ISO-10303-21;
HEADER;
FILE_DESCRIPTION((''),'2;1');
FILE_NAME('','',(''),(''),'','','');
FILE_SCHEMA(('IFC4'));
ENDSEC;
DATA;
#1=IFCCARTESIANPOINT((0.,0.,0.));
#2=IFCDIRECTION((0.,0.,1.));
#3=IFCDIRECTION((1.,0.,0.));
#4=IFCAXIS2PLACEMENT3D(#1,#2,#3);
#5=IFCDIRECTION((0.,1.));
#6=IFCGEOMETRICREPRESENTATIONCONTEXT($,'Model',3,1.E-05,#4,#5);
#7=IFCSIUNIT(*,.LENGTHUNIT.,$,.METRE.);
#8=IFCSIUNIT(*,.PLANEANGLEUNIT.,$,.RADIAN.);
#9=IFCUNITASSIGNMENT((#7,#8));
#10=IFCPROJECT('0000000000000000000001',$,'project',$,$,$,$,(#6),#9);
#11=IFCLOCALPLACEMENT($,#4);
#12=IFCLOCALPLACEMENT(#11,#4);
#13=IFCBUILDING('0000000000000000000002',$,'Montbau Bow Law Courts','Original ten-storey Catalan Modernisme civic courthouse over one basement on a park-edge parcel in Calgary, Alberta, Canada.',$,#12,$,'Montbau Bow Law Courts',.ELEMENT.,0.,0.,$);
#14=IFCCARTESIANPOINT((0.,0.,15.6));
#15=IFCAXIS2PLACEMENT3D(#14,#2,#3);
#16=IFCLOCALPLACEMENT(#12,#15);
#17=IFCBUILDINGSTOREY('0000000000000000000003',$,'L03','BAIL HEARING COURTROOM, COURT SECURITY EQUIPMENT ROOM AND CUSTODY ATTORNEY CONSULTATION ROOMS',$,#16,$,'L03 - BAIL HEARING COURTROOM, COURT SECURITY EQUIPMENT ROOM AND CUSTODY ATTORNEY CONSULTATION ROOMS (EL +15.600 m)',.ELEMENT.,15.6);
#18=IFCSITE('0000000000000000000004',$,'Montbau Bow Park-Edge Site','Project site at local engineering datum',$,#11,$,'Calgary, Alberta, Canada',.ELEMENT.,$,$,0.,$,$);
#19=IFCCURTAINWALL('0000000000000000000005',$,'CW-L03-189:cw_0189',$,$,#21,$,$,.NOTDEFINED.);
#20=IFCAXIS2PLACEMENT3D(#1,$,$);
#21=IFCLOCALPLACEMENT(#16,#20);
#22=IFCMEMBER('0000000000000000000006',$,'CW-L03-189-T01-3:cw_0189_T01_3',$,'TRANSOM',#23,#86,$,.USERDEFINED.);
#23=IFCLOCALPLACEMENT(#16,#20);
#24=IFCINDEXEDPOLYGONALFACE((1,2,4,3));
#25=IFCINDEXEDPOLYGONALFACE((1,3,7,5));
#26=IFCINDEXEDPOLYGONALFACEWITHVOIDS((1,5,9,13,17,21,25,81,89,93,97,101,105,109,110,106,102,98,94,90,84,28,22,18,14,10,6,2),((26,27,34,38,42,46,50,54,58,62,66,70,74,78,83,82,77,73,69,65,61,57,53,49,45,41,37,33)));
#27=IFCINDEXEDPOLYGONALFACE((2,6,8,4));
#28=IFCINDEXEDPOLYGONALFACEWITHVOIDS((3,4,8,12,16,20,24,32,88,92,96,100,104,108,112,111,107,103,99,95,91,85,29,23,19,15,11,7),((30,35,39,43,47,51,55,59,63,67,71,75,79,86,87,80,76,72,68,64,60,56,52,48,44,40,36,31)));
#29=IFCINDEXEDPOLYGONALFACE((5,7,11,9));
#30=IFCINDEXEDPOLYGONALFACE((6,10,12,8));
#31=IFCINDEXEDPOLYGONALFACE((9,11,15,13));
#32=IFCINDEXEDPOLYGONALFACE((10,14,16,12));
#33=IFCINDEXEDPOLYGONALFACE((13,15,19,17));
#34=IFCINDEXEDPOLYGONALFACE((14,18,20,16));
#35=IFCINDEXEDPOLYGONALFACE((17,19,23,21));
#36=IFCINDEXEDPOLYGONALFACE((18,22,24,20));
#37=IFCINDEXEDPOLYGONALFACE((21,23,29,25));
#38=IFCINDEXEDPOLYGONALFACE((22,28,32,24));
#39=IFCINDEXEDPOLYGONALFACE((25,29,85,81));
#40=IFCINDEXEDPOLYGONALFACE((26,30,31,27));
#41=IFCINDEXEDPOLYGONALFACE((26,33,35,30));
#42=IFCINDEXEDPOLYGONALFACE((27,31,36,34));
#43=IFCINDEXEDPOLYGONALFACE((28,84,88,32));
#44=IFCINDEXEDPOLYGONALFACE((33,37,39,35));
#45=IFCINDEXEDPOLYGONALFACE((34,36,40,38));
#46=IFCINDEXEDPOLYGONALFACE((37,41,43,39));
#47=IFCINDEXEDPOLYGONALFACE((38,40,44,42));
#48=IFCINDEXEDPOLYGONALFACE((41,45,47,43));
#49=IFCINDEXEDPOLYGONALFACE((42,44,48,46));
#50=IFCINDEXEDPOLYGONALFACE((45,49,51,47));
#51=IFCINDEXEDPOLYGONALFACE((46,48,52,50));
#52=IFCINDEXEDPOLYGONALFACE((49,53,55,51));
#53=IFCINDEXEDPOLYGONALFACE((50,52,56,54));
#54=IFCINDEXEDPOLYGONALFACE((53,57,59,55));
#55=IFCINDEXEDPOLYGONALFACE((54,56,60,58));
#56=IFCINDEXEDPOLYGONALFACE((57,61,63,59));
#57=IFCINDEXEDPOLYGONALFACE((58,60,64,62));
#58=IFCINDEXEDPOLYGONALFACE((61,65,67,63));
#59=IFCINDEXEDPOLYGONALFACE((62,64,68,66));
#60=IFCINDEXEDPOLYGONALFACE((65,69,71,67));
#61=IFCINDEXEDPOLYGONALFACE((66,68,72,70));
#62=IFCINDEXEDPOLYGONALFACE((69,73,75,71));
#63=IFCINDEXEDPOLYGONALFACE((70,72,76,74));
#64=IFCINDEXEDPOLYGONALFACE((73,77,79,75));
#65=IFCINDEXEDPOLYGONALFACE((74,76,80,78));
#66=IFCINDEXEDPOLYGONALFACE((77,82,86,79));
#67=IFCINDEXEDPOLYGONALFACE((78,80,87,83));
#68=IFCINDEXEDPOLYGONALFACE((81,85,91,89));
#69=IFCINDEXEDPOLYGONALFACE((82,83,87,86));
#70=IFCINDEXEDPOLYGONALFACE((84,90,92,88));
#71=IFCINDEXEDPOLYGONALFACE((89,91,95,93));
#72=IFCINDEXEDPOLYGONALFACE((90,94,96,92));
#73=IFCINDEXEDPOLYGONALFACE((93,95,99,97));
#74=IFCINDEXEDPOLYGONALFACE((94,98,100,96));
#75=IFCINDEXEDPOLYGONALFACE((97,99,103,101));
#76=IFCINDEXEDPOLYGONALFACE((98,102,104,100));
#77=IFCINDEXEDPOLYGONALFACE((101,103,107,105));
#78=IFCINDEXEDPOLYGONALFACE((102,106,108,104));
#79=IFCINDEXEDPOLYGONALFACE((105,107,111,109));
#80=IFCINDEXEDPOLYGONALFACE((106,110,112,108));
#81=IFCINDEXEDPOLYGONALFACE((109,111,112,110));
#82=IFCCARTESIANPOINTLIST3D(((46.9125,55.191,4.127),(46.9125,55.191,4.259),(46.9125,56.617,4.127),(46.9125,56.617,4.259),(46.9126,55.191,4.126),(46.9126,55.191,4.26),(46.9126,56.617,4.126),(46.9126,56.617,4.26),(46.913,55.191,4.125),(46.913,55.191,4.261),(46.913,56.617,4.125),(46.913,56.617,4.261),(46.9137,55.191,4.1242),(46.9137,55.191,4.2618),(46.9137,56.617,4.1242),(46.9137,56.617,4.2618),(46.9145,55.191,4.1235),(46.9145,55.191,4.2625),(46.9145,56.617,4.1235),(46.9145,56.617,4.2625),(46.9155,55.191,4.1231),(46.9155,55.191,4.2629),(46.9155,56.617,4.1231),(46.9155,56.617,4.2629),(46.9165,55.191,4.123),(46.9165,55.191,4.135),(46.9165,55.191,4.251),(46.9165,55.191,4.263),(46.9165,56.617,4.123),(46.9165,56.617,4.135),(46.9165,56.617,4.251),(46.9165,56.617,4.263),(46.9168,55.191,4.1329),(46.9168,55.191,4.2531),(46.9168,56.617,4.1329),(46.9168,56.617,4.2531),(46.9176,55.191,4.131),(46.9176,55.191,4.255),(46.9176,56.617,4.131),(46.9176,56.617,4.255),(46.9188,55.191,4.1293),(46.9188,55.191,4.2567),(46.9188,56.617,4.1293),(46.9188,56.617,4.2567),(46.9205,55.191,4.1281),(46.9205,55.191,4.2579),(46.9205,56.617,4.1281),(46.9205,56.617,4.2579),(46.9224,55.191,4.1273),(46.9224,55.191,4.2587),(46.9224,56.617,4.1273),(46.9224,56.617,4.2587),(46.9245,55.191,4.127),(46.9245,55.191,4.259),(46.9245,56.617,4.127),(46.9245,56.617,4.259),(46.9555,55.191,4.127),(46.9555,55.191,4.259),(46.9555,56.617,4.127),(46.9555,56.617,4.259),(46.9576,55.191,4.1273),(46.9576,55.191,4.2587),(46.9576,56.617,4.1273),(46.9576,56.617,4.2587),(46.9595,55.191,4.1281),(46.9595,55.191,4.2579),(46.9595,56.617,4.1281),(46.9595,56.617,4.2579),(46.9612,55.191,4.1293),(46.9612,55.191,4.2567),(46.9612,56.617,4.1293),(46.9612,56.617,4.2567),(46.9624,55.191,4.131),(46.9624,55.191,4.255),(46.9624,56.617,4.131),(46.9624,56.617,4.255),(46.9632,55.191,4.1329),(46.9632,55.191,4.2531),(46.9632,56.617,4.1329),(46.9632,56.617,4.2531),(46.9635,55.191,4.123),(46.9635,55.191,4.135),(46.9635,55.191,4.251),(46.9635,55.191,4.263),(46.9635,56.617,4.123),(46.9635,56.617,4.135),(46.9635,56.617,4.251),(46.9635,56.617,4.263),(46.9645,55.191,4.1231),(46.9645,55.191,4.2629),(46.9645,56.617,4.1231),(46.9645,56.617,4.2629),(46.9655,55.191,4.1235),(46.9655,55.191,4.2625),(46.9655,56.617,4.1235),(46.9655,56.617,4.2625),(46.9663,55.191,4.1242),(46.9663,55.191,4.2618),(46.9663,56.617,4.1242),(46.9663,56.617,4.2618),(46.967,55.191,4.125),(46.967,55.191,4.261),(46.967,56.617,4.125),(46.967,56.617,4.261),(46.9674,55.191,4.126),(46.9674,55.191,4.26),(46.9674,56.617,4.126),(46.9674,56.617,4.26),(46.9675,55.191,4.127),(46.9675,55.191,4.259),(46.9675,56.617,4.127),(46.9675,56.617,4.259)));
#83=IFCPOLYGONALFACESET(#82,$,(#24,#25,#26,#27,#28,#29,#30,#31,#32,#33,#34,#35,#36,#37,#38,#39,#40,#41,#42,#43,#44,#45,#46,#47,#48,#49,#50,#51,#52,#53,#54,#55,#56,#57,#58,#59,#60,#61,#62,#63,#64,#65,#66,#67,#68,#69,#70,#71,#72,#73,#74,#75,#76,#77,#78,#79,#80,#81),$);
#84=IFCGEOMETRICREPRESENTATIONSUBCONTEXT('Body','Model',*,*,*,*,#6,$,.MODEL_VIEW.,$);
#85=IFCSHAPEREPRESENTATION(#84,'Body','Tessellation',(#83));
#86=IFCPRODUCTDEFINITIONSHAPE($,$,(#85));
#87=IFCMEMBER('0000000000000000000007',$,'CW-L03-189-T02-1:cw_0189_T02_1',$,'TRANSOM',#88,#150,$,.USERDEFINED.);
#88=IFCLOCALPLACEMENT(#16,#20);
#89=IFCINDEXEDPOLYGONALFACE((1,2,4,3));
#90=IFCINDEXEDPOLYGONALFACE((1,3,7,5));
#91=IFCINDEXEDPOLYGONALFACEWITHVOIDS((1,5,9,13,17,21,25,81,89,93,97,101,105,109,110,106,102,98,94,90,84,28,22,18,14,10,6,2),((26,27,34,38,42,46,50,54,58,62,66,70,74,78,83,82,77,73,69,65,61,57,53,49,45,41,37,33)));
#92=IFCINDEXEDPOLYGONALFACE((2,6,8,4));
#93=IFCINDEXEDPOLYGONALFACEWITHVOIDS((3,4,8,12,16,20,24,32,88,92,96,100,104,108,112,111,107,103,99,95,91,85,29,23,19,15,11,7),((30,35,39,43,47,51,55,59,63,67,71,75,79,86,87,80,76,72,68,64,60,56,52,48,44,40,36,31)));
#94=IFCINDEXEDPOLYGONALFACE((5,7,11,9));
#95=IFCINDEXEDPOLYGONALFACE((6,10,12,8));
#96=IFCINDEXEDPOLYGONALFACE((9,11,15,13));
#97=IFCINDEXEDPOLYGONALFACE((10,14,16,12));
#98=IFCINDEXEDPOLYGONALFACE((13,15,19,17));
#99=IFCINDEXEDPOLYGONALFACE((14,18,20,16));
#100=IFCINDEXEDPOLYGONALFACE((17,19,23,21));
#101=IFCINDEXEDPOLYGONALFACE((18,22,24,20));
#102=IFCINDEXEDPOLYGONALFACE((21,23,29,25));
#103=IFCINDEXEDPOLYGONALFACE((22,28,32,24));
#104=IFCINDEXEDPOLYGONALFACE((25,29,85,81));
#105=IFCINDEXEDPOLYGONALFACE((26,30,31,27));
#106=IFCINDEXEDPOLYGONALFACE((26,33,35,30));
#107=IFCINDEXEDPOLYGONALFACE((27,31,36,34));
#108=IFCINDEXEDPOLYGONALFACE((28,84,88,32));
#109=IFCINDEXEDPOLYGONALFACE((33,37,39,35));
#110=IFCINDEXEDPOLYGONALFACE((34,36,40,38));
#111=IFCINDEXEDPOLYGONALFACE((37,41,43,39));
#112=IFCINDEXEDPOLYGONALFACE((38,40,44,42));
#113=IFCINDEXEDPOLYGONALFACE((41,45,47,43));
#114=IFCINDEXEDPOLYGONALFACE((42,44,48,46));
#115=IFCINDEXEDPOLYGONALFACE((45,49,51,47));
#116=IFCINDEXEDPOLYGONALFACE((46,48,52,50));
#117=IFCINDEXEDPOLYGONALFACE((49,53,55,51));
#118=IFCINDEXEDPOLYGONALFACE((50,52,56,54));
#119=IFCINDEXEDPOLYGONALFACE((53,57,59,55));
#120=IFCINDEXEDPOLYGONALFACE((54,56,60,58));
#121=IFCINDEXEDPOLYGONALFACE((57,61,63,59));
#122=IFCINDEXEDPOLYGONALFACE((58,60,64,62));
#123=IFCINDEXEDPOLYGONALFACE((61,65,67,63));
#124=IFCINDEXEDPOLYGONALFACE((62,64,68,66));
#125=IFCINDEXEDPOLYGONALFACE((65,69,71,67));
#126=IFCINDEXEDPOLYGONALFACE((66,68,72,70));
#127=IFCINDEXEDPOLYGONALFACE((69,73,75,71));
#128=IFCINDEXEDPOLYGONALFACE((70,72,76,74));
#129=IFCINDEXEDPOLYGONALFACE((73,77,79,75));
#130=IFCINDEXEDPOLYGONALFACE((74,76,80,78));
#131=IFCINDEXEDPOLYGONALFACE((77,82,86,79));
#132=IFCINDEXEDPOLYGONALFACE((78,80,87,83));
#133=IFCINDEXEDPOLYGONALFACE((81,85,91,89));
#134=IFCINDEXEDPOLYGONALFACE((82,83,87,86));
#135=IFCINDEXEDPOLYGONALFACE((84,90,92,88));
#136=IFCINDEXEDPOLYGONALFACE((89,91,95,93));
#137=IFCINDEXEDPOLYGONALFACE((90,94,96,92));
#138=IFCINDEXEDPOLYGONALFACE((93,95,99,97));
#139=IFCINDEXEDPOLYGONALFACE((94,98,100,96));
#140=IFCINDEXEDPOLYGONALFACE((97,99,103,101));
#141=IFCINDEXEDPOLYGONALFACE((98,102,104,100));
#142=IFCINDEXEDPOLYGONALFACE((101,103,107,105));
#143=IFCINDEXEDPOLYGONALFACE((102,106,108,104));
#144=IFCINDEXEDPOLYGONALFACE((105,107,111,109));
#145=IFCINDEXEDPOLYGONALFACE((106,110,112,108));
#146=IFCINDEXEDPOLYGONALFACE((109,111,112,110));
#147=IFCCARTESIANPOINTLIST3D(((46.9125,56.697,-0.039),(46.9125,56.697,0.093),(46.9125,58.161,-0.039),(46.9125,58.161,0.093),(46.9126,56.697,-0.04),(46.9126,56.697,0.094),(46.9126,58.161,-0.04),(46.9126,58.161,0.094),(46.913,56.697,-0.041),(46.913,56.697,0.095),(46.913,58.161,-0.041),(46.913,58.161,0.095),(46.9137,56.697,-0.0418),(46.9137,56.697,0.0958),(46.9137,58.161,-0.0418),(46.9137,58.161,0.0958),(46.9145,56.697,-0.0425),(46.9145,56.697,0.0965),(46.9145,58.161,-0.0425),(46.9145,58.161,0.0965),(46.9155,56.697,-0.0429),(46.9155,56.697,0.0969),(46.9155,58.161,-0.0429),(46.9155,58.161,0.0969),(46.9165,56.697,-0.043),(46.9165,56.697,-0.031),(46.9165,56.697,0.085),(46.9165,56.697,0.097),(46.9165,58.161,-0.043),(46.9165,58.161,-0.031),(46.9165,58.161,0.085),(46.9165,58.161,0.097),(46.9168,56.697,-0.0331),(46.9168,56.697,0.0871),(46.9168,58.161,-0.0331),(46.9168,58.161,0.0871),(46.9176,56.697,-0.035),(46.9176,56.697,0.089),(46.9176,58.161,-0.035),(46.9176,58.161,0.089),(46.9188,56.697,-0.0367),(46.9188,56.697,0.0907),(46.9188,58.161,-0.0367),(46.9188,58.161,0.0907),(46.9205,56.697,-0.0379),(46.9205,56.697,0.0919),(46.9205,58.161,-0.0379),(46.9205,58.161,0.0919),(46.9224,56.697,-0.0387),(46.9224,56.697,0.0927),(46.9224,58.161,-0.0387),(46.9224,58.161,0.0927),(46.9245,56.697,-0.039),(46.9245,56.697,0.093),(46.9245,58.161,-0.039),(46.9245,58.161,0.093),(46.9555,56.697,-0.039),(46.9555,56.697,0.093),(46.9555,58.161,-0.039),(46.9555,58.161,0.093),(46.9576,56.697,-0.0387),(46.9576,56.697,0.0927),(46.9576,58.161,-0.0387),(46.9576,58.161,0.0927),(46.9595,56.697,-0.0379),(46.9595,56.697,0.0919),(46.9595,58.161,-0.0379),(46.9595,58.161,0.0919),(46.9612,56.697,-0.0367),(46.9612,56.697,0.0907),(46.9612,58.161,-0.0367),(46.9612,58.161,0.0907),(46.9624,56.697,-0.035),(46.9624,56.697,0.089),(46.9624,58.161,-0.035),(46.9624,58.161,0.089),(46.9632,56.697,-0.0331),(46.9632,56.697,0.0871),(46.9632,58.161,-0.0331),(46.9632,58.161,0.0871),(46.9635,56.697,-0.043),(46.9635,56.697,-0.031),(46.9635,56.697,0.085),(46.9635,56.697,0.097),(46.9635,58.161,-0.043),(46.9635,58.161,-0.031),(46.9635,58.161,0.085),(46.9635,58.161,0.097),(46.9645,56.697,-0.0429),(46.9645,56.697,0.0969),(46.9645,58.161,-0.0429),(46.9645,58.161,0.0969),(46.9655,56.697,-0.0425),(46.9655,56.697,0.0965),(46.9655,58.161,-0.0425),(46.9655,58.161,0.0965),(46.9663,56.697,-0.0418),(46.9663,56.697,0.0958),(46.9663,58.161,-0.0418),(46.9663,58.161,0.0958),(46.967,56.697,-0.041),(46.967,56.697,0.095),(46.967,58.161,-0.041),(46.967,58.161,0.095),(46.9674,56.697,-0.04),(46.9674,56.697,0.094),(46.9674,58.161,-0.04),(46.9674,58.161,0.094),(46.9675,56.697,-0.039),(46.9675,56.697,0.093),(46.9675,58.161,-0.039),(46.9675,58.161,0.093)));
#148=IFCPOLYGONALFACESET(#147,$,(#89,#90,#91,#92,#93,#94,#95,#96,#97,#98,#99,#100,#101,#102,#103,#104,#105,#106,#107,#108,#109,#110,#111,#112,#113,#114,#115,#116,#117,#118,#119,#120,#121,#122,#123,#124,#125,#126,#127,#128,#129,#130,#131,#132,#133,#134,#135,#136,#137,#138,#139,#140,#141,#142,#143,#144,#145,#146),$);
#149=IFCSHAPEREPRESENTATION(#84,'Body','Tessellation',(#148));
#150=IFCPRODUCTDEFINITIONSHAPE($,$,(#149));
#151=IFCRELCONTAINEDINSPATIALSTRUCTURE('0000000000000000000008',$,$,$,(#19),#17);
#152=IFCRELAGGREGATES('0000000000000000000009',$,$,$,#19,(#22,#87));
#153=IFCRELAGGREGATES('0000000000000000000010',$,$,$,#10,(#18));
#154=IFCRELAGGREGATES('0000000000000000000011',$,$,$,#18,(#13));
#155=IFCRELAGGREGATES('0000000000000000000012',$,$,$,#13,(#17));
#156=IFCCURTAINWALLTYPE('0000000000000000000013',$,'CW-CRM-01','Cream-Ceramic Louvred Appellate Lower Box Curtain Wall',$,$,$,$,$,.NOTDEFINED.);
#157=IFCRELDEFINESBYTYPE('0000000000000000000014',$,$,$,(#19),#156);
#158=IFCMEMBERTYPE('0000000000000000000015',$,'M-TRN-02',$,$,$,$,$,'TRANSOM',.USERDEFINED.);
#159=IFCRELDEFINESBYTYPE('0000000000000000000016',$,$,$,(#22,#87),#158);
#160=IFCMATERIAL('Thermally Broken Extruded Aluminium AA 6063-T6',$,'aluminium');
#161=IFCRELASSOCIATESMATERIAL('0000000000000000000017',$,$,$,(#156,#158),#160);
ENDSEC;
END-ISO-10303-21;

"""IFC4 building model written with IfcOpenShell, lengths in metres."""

from ifc_helpers import new_model, si_unit, direction, frame, origin_with_axes, origin_2d_with_axis, place, context, subcontext, project, spatial, hollow_rectangle, extrude, material, material_profile, profile_set, type_object, element, aggregate, save


model = new_model("IFC4")

# Units and contexts
model_context = context("Model", 3, precision=1e-05, world=origin_with_axes(), true_north=direction((0.0, 1.0)))
body_context = subcontext(model_context, "Body", "Model", "MODEL_VIEW")
ifc_project = project(units=[si_unit("LENGTHUNIT", "METRE"), si_unit("PLANEANGLEUNIT", "RADIAN")], contexts=[model_context])

# Site, building, storey
site_placement = place(None, origin_with_axes())
site = spatial("IfcSite", under=ifc_project, at=site_placement, Name="Montbau Bow Park-Edge Site", Description="Project site at local engineering datum", LongName="Calgary, Alberta, Canada", CompositionType="ELEMENT", RefElevation=0.0)
building_placement = place(site_placement, origin_with_axes())
building = spatial("IfcBuilding", under=site, at=building_placement, Name="Montbau Bow Law Courts", Description="Original ten-storey Catalan Modernisme civic courthouse over one basement on a park-edge parcel in Calgary, Alberta, Canada.", LongName="Montbau Bow Law Courts", CompositionType="ELEMENT", ElevationOfRefHeight=0.0, ElevationOfTerrain=0.0)
storey_placement = place(building_placement, frame((0.0, 0.0, 15.6), z_axis=(0.0, 0.0, 1.0), x_axis=(1.0, 0.0, 0.0)))
storey = spatial("IfcBuildingStorey", under=building, at=storey_placement, Name="L03", Description="BAIL HEARING COURTROOM, COURT SECURITY EQUIPMENT ROOM AND CUSTODY ATTORNEY CONSULTATION ROOMS", LongName="L03 - BAIL HEARING COURTROOM, COURT SECURITY EQUIPMENT ROOM AND CUSTODY ATTORNEY CONSULTATION ROOMS (EL +15.600 m)", CompositionType="ELEMENT", Elevation=15.6)

# Curtain wall, members
ifc_material_1 = material(Name="Thermally Broken Extruded Aluminium AA 6063-T6", Category="aluminium")
curtain_wall_type = type_object("IfcCurtainWallType", Name="CW-CRM-01", Description="Cream-Ceramic Louvred Appellate Lower Box Curtain Wall", PredefinedType="NOTDEFINED", material=ifc_material_1)
curtain_wall_placement = place(None, frame((46.94, 55.115, 15.6), z_axis=(0.0, 0.0, 1.0), x_axis=(1.0, 0.0, 0.0)))
curtain_wall = element("IfcCurtainWall", 1, at=curtain_wall_placement, inside=storey, type_object=curtain_wall_type, Name="CW-L03-189:cw_0189", PredefinedType="NOTDEFINED")
ifc_material_profile_1 = material_profile(ifc_material_1, hollow_rectangle(XDim=0.055, YDim=0.14, WallThickness=0.004, InnerFilletRadius=0.008, OuterFilletRadius=0.004, at=origin_2d_with_axis()), Name="CWT-140X55", Category="Main", Priority=0)
ifc_profile_set_1 = profile_set([ifc_material_profile_1], Name="Thermally Broken Extruded Aluminium AA 6063-T6")
member_type_1 = type_object("IfcMemberType", Name="M-TRN-02", ElementType="TRANSOM", PredefinedType="USERDEFINED", material=ifc_profile_set_1)
member_1_placement = place(None, frame((46.94, 55.191, 19.793), z_axis=(0.0, 1.0, 0.0), x_axis=(-1.0, 0.0, 0.0)))
member_1 = element("IfcMember", 2, at=member_1_placement, type_object=member_type_1, Name="CW-L03-189-T01-3:cw_0189_T01_3", ObjectType="TRANSOM", PredefinedType="USERDEFINED", context=body_context, shape_type="SweptSolid", body=[
    extrude(hollow_rectangle(XDim=0.055, YDim=0.14, WallThickness=0.004, InnerFilletRadius=0.008, OuterFilletRadius=0.004, at=origin_2d_with_axis()), origin_with_axes(), (0.0, 0.0, 1.0), 1.426),
])
member_2_placement = place(None, frame((46.94, 56.697, 15.627), z_axis=(0.0, 1.0, 0.0), x_axis=(-1.0, 0.0, 0.0)))
member_2 = element("IfcMember", 3, at=member_2_placement, type_object=member_type_1, Name="CW-L03-189-T02-1:cw_0189_T02_1", ObjectType="TRANSOM", PredefinedType="USERDEFINED", context=body_context, shape_type="SweptSolid", body=[
    extrude(hollow_rectangle(XDim=0.055, YDim=0.14, WallThickness=0.004, InnerFilletRadius=0.008, OuterFilletRadius=0.004, at=origin_2d_with_axis()), origin_with_axes(), (0.0, 0.0, 1.0), 1.464),
])
aggregate(curtain_wall, [member_1, member_2])

save(model, "model.ifc")
